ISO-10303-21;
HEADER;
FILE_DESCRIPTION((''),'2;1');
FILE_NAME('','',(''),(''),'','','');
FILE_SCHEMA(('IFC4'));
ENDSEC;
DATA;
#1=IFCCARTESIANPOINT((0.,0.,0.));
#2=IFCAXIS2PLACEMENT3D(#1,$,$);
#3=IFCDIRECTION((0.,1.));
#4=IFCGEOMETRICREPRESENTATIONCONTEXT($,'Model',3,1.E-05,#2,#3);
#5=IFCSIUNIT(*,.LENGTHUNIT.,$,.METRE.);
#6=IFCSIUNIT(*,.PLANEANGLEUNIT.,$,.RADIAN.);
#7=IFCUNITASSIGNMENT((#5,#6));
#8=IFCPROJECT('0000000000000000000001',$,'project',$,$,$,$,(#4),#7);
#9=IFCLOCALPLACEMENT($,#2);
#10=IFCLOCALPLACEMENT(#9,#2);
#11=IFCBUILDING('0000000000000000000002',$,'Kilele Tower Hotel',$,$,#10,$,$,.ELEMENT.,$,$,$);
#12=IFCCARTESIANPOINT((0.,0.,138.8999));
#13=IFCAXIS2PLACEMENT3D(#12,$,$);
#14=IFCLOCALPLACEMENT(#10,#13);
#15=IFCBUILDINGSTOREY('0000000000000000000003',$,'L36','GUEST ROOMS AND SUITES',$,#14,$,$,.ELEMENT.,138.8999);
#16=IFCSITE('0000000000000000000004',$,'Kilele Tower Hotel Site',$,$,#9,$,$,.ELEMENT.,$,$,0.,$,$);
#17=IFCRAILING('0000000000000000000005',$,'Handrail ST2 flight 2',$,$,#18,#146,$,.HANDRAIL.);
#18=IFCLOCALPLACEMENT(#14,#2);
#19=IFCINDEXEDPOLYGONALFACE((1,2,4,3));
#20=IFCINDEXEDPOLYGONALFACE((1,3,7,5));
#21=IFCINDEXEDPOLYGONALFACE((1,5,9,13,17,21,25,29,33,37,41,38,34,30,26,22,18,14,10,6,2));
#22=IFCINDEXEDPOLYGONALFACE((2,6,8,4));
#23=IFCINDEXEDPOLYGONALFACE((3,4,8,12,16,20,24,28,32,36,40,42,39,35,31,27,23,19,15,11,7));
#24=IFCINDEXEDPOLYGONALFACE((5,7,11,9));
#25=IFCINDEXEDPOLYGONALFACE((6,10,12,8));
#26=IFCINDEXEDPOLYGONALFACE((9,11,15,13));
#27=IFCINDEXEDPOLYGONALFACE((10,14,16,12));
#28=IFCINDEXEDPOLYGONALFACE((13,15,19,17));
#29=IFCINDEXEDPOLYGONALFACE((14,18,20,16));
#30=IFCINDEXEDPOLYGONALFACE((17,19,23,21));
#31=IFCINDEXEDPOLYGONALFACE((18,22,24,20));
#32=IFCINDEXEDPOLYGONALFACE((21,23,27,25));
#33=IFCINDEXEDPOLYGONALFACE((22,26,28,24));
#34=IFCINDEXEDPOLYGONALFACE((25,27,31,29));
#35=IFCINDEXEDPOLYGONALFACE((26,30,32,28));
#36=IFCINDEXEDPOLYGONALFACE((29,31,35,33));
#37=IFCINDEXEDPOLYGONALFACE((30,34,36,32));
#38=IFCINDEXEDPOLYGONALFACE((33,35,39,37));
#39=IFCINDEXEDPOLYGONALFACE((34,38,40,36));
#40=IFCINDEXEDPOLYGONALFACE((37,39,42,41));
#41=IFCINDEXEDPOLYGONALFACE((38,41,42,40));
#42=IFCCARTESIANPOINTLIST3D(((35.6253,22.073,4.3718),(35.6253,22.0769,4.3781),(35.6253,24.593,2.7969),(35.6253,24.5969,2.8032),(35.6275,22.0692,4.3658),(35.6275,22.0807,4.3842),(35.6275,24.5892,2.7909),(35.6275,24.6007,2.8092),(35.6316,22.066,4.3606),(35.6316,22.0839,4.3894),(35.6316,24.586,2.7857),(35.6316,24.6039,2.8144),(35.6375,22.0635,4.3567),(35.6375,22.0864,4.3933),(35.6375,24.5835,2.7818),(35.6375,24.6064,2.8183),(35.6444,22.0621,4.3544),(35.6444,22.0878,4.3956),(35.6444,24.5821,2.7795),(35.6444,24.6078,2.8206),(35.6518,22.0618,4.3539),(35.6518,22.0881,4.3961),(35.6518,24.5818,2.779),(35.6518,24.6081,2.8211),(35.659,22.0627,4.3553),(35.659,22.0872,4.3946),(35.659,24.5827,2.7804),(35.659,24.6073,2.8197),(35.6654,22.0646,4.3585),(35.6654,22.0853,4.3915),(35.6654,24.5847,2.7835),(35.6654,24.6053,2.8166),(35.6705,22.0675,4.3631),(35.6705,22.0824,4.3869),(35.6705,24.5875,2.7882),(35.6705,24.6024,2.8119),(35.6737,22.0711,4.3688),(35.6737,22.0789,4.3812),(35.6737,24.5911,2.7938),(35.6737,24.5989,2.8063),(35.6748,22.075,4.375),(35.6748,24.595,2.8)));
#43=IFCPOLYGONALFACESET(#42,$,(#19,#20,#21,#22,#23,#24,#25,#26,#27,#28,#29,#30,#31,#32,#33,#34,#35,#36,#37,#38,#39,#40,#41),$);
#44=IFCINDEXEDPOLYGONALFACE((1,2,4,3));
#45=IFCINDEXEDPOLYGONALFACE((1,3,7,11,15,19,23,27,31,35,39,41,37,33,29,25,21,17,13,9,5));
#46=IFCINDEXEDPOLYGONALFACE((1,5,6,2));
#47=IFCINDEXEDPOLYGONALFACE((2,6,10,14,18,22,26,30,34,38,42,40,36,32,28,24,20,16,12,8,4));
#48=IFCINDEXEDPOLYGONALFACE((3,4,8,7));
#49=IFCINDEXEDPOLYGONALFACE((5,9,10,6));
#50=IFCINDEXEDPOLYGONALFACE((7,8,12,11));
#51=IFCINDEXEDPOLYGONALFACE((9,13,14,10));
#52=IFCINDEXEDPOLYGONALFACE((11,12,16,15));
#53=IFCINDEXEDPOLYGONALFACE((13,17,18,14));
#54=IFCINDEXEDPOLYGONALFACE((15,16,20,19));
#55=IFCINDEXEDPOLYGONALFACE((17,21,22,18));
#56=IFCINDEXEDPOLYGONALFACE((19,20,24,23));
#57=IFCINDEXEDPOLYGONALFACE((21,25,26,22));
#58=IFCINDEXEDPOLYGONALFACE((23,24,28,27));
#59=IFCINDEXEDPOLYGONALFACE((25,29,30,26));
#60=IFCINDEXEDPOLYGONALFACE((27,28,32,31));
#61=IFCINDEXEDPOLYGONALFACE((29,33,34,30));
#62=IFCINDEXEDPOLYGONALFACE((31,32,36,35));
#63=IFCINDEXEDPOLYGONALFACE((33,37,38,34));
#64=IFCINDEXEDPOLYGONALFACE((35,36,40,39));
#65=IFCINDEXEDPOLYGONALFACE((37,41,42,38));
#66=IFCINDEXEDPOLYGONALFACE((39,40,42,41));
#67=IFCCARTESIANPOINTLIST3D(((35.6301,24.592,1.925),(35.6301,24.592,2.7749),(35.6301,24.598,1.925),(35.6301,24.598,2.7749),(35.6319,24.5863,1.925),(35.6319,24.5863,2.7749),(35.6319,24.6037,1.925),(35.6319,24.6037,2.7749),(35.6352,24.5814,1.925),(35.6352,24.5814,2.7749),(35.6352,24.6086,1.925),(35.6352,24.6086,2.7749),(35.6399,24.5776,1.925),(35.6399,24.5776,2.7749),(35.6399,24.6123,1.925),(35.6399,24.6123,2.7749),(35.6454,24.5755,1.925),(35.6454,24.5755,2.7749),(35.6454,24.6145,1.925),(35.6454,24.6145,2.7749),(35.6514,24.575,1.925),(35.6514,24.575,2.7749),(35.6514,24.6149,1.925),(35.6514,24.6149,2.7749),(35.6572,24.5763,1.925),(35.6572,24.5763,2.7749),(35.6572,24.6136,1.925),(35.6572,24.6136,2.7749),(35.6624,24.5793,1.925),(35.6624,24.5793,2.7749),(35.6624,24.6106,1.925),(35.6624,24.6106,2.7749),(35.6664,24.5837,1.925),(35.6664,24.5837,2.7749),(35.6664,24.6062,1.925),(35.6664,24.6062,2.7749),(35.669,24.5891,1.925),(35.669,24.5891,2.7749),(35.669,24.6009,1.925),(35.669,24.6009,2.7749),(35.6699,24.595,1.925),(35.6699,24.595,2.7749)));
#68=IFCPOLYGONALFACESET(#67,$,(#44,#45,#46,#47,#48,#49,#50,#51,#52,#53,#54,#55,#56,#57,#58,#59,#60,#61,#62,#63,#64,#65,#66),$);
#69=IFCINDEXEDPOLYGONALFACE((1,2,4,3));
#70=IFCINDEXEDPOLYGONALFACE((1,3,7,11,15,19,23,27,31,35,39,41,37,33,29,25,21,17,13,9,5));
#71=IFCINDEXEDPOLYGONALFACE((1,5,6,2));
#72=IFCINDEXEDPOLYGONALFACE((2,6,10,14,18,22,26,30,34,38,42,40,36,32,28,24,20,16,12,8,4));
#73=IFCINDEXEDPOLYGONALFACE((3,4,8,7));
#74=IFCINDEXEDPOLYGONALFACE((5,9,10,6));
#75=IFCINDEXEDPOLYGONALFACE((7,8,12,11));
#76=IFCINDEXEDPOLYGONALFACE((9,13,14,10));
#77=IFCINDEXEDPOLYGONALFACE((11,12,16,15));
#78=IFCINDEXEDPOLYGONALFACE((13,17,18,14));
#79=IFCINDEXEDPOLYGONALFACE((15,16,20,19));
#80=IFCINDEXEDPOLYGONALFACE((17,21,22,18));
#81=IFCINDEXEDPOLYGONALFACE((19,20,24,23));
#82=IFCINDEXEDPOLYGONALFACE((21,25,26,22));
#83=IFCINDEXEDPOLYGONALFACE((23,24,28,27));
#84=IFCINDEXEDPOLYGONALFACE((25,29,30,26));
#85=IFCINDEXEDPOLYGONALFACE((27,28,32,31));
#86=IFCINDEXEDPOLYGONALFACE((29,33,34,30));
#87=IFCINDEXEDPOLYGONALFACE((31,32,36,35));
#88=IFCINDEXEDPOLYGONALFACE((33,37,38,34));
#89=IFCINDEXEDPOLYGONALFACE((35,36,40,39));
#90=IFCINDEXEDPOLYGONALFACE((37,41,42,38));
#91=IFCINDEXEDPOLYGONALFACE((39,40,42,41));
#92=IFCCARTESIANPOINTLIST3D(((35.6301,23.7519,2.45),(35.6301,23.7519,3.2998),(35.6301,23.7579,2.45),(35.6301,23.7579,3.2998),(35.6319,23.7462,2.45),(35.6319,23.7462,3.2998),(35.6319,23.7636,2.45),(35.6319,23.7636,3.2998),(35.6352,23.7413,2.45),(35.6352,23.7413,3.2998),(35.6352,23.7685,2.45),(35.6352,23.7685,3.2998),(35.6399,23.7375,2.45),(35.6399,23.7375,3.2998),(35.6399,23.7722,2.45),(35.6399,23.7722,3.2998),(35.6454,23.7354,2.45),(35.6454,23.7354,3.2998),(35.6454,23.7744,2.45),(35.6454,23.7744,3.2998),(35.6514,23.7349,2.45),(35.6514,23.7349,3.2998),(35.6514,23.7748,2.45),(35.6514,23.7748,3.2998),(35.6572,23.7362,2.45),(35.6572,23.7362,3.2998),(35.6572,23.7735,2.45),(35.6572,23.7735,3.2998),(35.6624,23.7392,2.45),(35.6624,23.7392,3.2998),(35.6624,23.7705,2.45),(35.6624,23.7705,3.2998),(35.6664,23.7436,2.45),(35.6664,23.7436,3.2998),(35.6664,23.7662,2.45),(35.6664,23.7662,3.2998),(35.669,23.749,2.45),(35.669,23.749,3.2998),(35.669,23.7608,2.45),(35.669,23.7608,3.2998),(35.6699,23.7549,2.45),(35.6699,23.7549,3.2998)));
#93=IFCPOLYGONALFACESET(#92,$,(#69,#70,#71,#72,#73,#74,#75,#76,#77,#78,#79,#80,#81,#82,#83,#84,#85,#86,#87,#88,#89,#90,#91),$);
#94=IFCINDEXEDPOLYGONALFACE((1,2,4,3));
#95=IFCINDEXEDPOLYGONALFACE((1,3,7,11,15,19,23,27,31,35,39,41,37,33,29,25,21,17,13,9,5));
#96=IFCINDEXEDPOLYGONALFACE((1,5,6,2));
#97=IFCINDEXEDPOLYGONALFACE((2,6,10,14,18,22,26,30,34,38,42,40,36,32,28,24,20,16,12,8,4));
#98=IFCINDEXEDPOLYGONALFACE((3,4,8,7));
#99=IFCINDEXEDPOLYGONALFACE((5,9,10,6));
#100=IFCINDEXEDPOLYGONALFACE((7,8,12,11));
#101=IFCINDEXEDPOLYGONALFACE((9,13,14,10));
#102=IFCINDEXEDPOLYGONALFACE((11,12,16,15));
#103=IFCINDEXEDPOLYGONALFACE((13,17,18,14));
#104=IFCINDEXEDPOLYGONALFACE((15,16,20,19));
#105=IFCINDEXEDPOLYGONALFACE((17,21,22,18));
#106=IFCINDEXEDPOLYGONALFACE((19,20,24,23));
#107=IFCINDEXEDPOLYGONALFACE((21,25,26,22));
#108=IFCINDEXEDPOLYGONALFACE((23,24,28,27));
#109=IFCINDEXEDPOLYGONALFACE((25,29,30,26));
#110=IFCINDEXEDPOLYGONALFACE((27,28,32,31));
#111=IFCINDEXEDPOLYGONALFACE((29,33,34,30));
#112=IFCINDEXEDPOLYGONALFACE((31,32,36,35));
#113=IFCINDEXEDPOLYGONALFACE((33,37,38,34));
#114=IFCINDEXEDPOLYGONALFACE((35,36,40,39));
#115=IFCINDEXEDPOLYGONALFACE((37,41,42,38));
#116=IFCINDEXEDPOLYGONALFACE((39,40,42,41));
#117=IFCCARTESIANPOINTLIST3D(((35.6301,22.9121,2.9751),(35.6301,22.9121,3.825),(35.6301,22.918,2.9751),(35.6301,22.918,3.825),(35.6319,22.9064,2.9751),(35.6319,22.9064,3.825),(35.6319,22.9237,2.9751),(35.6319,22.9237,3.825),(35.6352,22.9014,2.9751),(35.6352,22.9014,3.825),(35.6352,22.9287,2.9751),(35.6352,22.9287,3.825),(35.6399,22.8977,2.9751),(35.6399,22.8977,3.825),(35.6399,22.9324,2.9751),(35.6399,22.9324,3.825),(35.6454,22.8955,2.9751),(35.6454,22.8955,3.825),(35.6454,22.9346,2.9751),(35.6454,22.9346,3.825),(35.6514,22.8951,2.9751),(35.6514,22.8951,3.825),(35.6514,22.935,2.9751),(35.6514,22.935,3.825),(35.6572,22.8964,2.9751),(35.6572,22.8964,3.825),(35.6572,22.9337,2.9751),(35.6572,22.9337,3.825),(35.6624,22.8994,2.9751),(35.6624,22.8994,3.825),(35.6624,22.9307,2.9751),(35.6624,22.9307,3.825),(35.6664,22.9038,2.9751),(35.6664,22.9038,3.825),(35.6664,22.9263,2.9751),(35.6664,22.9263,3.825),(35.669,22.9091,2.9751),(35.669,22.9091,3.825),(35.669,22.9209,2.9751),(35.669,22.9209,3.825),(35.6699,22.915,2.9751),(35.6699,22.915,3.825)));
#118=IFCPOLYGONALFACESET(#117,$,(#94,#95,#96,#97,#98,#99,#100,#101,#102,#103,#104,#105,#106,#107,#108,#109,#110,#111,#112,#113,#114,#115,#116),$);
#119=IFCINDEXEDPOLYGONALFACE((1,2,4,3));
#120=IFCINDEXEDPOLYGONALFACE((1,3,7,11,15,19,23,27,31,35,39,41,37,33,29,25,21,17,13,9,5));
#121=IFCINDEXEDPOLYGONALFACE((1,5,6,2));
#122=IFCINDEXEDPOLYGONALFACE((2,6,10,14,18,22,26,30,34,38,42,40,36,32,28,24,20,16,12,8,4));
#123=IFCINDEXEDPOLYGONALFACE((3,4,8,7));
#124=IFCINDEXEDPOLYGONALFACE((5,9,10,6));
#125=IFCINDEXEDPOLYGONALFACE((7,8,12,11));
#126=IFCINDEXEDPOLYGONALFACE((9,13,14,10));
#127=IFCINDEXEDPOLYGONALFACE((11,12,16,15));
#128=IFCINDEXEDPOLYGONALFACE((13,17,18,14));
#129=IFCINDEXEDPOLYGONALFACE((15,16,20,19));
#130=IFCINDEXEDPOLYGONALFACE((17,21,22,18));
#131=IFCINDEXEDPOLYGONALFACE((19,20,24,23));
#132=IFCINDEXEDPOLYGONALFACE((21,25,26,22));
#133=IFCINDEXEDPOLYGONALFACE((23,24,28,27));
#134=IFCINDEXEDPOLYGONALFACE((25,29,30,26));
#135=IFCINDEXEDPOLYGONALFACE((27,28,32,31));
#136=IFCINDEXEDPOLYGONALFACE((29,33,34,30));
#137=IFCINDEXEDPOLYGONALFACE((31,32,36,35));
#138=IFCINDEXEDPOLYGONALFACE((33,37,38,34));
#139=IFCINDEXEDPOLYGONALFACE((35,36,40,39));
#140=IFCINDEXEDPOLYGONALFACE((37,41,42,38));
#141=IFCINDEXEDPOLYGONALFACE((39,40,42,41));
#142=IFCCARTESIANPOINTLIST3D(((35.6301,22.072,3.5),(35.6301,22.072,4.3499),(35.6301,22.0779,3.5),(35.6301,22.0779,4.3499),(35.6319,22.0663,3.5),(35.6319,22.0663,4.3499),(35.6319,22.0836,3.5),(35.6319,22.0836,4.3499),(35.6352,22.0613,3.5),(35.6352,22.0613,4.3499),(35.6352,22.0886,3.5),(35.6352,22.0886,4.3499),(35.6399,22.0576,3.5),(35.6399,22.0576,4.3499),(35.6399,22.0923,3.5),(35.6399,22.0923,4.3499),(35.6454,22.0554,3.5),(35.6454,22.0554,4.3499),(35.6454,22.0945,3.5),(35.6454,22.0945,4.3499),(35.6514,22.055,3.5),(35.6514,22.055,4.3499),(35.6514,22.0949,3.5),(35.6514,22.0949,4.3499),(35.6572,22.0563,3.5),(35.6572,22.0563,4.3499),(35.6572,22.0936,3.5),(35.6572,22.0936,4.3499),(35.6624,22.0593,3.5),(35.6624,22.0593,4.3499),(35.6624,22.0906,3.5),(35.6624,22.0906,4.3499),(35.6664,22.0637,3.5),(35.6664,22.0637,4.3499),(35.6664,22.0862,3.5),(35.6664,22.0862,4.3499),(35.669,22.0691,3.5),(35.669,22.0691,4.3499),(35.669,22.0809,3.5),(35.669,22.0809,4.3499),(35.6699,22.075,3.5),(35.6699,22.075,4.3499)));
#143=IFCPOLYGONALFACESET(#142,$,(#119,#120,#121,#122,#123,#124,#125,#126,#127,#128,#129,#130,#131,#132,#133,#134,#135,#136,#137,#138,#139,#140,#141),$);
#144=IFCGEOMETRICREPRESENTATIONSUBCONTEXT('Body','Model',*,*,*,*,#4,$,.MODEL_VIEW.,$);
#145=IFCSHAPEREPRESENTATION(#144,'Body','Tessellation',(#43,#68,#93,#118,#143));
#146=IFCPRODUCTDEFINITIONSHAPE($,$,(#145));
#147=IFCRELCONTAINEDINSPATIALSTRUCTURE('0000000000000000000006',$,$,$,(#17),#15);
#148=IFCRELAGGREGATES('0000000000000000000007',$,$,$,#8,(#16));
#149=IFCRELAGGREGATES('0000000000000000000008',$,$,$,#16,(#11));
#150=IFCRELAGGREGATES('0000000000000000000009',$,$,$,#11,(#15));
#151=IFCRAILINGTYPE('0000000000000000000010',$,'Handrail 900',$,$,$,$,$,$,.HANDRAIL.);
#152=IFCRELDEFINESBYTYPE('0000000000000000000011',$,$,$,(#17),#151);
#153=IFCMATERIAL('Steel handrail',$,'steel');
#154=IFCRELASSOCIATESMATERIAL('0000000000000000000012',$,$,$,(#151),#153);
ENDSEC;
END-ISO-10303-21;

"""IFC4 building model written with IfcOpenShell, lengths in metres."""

from ifc_helpers import new_model, si_unit, direction, frame, origin, origin_2d, place, context, subcontext, project, spatial, circle, extrude, material, type_object, element, save


model = new_model("IFC4")

# Units and contexts
model_context = context("Model", 3, precision=1e-05, world=origin(), true_north=direction((0.0, 1.0)))
body_context = subcontext(model_context, "Body", "Model", "MODEL_VIEW")
ifc_project = project(units=[si_unit("LENGTHUNIT", "METRE"), si_unit("PLANEANGLEUNIT", "RADIAN")], contexts=[model_context])

# Site, building, storey
site_placement = place(None, origin())
site = spatial("IfcSite", under=ifc_project, at=site_placement, Name="Kilele Tower Hotel Site", CompositionType="ELEMENT", RefElevation=0.0)
building_placement = place(site_placement, origin())
building = spatial("IfcBuilding", under=site, at=building_placement, Name="Kilele Tower Hotel", CompositionType="ELEMENT")
storey_placement = place(building_placement, frame((0.0, 0.0, 138.8999)))
storey = spatial("IfcBuildingStorey", under=building, at=storey_placement, Name="L36", Description="GUEST ROOMS AND SUITES", CompositionType="ELEMENT", Elevation=138.8999)

# Railing
ifc_material_1 = material(Name="Steel handrail", Category="steel")
railing_type_1 = type_object("IfcRailingType", Name="Handrail 900", PredefinedType="HANDRAIL", material=ifc_material_1)
for number, where, name in (
    (1, (35.6499, 24.595, 1.925), "Handrail ST2 flight 2"),
):
    element("IfcRailing", number, at=place(storey_placement, frame(where)), inside=storey, type_object=railing_type_1, Name=name, PredefinedType="HANDRAIL", context=body_context, shape_type="SweptSolid", body=[
        extrude(circle(Radius=0.0249, at=origin_2d()), frame((0.0, 0.0, 0.875), z_axis=(0.0, -0.848008, 0.529984), x_axis=(1.0, 0.0, 0.0)), (0.0, 0.0, 1.0), 2.9717),
        extrude(circle(Radius=0.02, at=origin_2d()), origin(), (0.0, 0.0, 1.0), 0.8499),
        extrude(circle(Radius=0.02, at=origin_2d()), frame((0.0, -0.8401, 0.5249)), (0.0, 0.0, 1.0), 0.8499),
        extrude(circle(Radius=0.02, at=origin_2d()), frame((0.0, -1.6799, 1.05)), (0.0, 0.0, 1.0), 0.8499),
        extrude(circle(Radius=0.02, at=origin_2d()), frame((0.0, -2.52, 1.575)), (0.0, 0.0, 1.0), 0.8499),
    ])

save(model, "model.ifc")
